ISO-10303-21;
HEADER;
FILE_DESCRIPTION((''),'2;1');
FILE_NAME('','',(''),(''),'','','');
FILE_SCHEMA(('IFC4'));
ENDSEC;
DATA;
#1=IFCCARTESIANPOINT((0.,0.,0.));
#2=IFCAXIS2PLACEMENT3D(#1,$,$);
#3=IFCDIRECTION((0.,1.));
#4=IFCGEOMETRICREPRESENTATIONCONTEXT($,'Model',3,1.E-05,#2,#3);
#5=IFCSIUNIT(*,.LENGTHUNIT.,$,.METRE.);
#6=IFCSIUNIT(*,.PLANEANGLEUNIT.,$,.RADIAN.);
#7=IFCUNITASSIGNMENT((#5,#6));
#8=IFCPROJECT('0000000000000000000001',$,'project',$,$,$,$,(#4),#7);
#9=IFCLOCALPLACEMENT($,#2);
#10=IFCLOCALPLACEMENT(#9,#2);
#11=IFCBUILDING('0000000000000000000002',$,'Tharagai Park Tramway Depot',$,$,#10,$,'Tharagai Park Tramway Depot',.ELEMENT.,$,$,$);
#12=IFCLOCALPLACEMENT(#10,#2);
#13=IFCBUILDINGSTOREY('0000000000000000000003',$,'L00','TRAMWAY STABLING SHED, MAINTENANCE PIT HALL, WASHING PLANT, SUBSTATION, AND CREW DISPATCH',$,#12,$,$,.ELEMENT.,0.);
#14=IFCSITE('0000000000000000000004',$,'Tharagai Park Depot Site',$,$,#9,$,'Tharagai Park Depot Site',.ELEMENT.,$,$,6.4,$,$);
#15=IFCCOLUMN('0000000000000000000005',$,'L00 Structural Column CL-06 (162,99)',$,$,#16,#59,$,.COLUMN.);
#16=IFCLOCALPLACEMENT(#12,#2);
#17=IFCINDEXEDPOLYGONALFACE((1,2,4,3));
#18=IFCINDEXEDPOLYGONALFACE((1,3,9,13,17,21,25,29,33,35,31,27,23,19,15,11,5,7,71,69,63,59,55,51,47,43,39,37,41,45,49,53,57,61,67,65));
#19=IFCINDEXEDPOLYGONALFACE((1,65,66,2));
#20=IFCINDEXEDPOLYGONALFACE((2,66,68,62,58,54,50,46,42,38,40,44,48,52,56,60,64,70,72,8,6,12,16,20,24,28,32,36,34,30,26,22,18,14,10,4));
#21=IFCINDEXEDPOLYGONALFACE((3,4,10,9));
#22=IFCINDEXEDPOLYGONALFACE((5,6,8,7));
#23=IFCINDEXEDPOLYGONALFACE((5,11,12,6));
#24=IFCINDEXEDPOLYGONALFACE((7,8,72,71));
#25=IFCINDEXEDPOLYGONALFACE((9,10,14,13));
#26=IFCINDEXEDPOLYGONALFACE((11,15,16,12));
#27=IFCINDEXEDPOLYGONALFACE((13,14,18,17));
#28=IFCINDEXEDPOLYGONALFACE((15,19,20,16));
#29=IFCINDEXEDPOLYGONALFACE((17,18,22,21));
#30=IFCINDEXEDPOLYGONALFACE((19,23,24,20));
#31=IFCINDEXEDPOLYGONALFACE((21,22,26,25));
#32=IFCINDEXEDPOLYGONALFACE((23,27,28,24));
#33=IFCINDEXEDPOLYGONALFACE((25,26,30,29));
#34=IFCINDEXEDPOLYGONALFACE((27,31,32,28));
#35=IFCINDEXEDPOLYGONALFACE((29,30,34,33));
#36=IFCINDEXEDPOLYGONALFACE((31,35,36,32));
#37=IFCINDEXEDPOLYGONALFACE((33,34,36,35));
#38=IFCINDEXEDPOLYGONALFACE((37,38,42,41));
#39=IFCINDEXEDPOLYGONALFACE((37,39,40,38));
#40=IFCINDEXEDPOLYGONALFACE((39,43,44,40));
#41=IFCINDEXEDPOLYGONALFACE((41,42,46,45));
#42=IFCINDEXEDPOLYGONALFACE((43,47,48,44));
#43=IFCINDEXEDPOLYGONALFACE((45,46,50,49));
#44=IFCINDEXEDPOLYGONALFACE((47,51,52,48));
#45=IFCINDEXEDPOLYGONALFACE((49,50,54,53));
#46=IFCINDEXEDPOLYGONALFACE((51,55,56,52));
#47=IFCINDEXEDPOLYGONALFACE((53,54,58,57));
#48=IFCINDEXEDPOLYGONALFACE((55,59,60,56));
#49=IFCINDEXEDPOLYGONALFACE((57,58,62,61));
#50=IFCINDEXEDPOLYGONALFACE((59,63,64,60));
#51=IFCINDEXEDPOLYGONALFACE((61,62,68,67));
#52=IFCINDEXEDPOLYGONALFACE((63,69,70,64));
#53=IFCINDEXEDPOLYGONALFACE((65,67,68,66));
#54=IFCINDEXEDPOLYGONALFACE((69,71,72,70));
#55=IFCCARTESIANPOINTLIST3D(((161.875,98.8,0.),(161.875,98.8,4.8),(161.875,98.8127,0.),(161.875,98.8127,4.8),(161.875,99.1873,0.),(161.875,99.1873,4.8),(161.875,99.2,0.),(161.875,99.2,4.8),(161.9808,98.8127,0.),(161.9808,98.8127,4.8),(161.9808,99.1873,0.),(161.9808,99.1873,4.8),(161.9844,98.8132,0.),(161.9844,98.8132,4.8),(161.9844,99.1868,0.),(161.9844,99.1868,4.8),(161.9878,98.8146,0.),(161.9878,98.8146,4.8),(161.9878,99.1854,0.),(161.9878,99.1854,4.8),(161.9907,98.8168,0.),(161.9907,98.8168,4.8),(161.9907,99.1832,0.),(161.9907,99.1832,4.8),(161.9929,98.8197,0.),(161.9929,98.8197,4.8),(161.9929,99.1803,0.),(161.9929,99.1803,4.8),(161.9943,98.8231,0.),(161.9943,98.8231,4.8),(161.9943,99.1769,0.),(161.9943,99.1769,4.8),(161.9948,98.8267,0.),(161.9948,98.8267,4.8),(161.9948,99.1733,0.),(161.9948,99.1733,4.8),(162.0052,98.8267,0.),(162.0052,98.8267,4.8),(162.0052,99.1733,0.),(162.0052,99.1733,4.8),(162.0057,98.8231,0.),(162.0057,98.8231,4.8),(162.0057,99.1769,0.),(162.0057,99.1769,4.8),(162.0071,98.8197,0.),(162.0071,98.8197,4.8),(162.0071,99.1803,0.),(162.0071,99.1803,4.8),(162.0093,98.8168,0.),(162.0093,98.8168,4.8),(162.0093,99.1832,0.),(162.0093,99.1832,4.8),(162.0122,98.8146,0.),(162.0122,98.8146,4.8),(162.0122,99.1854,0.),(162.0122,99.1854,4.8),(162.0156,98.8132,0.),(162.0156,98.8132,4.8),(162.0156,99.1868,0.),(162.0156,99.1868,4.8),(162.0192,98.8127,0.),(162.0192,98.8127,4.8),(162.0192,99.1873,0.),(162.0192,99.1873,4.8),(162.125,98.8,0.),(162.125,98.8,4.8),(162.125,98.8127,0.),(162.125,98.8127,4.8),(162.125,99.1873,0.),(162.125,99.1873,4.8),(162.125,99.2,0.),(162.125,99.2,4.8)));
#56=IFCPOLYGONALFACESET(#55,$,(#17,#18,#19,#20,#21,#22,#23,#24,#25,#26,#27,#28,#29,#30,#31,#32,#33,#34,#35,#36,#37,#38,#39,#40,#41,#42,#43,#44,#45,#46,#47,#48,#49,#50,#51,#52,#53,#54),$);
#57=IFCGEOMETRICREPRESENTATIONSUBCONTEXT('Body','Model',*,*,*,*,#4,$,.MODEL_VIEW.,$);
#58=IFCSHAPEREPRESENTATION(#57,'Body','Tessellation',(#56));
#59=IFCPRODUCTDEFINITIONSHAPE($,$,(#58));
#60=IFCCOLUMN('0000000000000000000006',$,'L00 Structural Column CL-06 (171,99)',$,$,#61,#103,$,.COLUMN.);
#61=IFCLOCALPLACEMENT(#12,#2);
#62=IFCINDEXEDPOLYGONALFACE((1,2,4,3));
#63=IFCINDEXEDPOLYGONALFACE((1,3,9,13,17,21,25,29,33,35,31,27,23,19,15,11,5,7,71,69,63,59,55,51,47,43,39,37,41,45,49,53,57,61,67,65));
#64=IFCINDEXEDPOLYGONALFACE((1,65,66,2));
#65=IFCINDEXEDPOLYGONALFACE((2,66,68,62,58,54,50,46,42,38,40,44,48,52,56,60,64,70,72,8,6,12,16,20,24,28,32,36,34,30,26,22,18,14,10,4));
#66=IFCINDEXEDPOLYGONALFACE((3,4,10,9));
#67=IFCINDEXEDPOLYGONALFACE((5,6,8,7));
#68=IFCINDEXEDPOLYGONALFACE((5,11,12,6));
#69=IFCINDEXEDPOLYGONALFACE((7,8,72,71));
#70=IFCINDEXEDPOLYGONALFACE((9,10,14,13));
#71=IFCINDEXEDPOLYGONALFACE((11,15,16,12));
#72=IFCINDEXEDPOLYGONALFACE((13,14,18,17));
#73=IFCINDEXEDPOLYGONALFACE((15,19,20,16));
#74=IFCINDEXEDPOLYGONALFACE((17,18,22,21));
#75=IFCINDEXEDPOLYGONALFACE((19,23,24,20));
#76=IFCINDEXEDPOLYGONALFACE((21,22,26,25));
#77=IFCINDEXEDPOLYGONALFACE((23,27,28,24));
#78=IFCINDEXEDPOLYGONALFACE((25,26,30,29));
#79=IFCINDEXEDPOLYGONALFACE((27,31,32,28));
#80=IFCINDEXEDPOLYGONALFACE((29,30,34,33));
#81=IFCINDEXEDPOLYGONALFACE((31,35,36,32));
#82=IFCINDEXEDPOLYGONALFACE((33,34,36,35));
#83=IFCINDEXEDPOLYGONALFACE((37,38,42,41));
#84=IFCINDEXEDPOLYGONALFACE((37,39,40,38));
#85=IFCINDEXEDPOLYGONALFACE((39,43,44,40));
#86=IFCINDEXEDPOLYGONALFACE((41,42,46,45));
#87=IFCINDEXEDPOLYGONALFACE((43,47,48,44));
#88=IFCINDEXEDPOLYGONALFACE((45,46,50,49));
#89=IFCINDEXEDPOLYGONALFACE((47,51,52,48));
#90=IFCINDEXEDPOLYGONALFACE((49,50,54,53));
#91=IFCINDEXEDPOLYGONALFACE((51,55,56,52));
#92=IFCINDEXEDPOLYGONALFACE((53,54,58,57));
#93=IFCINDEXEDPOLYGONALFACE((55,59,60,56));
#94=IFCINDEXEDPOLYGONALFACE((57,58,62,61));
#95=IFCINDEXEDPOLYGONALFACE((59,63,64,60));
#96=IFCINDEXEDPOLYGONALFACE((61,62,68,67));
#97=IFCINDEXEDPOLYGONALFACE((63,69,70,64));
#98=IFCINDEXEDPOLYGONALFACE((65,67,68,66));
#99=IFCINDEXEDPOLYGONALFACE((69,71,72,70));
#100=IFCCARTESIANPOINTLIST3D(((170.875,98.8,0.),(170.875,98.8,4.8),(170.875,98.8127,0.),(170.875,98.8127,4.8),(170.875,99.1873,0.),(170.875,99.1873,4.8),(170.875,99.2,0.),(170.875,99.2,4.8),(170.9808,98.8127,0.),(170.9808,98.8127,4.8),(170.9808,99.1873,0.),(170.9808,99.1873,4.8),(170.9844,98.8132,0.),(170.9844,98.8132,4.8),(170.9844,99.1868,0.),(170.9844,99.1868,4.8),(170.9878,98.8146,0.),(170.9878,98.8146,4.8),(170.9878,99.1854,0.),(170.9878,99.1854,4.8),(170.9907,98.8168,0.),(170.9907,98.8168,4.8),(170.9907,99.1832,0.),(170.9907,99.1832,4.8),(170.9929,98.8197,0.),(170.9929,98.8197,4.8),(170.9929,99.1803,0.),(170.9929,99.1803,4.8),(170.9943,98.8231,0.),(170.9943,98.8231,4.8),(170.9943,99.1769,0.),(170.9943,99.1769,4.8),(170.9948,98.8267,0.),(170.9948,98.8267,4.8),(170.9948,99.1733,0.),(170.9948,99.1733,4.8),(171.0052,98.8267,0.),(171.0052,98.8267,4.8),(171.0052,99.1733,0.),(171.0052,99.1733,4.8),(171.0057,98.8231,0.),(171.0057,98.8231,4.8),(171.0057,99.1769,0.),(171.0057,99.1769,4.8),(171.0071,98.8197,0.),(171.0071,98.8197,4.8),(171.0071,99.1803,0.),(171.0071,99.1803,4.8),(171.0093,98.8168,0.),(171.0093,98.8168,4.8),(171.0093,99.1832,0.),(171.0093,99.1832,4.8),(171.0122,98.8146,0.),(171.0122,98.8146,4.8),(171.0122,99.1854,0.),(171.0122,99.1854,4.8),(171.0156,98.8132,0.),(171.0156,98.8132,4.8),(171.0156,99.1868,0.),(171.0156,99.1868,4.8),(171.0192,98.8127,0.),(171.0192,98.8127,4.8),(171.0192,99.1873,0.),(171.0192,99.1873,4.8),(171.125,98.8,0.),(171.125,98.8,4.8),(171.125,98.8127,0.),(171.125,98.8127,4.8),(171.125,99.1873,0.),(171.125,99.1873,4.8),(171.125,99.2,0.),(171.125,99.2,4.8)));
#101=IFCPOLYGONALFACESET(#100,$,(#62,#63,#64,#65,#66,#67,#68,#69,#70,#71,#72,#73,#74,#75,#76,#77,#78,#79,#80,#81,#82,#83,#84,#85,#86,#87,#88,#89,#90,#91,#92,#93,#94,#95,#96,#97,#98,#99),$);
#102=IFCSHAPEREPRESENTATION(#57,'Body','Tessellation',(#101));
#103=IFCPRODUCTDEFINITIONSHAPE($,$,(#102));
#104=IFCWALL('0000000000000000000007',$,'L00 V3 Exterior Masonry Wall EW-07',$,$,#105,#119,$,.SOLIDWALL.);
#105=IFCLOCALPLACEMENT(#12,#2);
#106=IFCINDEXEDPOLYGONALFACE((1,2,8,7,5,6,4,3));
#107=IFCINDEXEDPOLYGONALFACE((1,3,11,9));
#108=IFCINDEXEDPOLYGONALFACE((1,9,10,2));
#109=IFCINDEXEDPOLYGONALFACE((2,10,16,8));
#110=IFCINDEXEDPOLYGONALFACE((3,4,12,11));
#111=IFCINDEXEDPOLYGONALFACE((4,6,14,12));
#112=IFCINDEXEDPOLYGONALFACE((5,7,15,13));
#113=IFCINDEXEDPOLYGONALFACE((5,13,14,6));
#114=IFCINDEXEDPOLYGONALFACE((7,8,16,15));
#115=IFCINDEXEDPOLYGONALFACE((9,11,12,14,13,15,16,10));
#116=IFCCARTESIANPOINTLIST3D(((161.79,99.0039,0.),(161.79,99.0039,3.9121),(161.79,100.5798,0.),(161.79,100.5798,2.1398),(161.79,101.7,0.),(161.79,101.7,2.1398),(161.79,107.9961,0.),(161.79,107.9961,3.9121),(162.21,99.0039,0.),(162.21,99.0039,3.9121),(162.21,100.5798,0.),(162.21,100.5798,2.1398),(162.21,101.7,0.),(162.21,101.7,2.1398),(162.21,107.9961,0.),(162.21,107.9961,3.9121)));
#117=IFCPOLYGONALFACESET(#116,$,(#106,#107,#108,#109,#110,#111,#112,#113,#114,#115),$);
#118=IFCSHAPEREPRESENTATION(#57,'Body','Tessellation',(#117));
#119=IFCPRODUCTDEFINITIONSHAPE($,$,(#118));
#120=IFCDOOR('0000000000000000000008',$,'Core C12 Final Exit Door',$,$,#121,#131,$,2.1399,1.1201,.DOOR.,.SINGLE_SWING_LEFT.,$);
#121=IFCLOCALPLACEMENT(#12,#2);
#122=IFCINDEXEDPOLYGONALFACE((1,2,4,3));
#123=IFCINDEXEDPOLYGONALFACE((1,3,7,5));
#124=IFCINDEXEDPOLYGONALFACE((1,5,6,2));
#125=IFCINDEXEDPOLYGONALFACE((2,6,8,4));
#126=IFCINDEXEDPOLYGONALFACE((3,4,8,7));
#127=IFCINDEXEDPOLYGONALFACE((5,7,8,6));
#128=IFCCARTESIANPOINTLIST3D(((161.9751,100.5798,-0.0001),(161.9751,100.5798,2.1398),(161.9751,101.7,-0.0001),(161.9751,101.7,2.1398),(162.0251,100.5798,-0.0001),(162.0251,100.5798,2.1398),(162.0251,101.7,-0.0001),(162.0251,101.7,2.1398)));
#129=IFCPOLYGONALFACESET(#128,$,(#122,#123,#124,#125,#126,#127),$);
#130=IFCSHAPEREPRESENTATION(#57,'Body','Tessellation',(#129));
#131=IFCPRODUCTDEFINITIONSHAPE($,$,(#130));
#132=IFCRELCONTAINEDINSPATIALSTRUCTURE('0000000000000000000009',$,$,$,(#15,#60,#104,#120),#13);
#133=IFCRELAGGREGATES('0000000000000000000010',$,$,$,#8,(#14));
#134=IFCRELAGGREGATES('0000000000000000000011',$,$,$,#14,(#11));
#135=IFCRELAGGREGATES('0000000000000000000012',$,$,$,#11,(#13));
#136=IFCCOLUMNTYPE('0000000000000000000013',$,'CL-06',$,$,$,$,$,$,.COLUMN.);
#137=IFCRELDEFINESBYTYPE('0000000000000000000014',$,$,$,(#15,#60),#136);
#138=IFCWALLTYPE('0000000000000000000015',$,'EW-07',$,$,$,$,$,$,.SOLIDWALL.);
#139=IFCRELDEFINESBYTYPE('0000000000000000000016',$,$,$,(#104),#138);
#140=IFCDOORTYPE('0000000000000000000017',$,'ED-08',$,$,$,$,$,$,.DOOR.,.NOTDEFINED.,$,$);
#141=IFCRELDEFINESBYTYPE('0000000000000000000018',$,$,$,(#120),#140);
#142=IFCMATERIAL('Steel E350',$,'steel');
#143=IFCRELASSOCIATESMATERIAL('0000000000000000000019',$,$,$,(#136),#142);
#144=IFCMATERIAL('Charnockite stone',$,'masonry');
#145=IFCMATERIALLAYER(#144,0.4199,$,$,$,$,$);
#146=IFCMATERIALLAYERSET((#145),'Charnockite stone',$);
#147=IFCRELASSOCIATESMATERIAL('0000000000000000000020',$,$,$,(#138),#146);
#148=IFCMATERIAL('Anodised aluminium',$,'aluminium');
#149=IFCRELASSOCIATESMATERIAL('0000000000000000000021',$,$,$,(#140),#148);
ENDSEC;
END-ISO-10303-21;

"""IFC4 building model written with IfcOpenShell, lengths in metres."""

from ifc_helpers import new_model, si_unit, direction, frame, frame_2d, origin, origin_2d, place, context, subcontext, project, spatial, rectangle, i_section, extrude, material, layer, layer_set, material_profile, profile_set, type_object, element, fill, save


model = new_model("IFC4")

# Units and contexts
model_context = context("Model", 3, precision=1e-05, world=origin(), true_north=direction((0.0, 1.0)))
body_context = subcontext(model_context, "Body", "Model", "MODEL_VIEW")
ifc_project = project(units=[si_unit("LENGTHUNIT", "METRE"), si_unit("PLANEANGLEUNIT", "RADIAN")], contexts=[model_context])

# Site, building, storey
site_placement = place(None, origin())
site = spatial("IfcSite", under=ifc_project, at=site_placement, Name="Tharagai Park Depot Site", LongName="Tharagai Park Depot Site", CompositionType="ELEMENT", RefElevation=6.4)
building_placement = place(site_placement, origin())
building = spatial("IfcBuilding", under=site, at=building_placement, Name="Tharagai Park Tramway Depot", LongName="Tharagai Park Tramway Depot", CompositionType="ELEMENT")
storey_placement = place(building_placement, origin())
storey = spatial("IfcBuildingStorey", under=building, at=storey_placement, Name="L00", Description="TRAMWAY STABLING SHED, MAINTENANCE PIT HALL, WASHING PLANT, SUBSTATION, AND CREW DISPATCH", CompositionType="ELEMENT", Elevation=0.0)

# Columns
ifc_material_1 = material(Name="Steel E350", Category="steel")
ifc_material_profile_1 = material_profile(ifc_material_1, i_section(OverallWidth=0.25, OverallDepth=0.3999, WebThickness=0.0105, FlangeThickness=0.0127, FilletRadius=0.0139, at=origin_2d()), Name="ISHB 400")
ifc_profile_set_1 = profile_set([ifc_material_profile_1], Name="Steel E350")
column_type = type_object("IfcColumnType", Name="CL-06", PredefinedType="COLUMN", material=ifc_profile_set_1)
for number, where, z_axis, x_axis, name in (
    (1, (162.0, 99.0, 0.0), (0.0, 0.0, 1.0), (1.0, 0.0, 0.0), "L00 Structural Column CL-06 (162,99)"),
    (2, (171.0, 99.0, 0.0), (0.0, 0.0, 1.0), (1.0, 0.0, 0.0), "L00 Structural Column CL-06 (171,99)"),
):
    element("IfcColumn", number, at=place(storey_placement, frame(where, z_axis=z_axis, x_axis=x_axis)), inside=storey, type_object=column_type, Name=name, PredefinedType="COLUMN", context=body_context, shape_type="SweptSolid", body=[
        extrude(i_section(OverallWidth=0.25, OverallDepth=0.3999, WebThickness=0.0105, FlangeThickness=0.0127, FilletRadius=0.0139, at=origin_2d()), origin(), (0.0, 0.0, 1.0), 4.8),
    ])

# Wall, opening, door
ifc_material_2 = material(Name="Charnockite stone", Category="masonry")
ifc_layer_1 = layer(ifc_material_2, 0.4199)
ifc_layer_set_1 = layer_set([ifc_layer_1], Name="Charnockite stone")
wall_type_1 = type_object("IfcWallType", Name="EW-07", PredefinedType="SOLIDWALL", material=ifc_layer_set_1)
wall_1_placement = place(storey_placement, frame((162.0, 99.0039, 0.0), z_axis=(0.0, 0.0, 1.0), x_axis=(0.0, 1.0, 0.0)))
wall_1 = element("IfcWall", 3, at=wall_1_placement, inside=storey, type_object=wall_type_1, Name="L00 V3 Exterior Masonry Wall EW-07", PredefinedType="SOLIDWALL", context=body_context, shape_type="SweptSolid", body=[
    extrude(rectangle(XDim=8.9922, YDim=0.4199, at=frame_2d((4.4961, 0.0))), origin(), (0.0, 0.0, 1.0), 3.9121),
])
opening_1_placement = place(wall_1_placement, frame((1.5759, 0.0, 0.0)))
opening_1 = element("IfcOpeningElement", 4, at=opening_1_placement, cuts=wall_1, PredefinedType="OPENING", context=body_context, shape_type="SweptSolid", body=[
    extrude(rectangle(XDim=1.1201, YDim=2.1399, at=frame_2d((0.5601, 1.0698))), frame((0.0, 0.22, 0.0), z_axis=(0.0, -1.0, 0.0), x_axis=(1.0, 0.0, 0.0)), (0.0, 0.0, 1.0), 0.4399),
])
ifc_material_3 = material(Name="Anodised aluminium", Category="aluminium")
door_type_1 = type_object("IfcDoorType", Name="ED-08", OperationType="NOTDEFINED", PredefinedType="DOOR", material=ifc_material_3)
door_1_placement = place(opening_1_placement, origin())
door_1 = element("IfcDoor", 5, at=door_1_placement, inside=storey, type_object=door_type_1, Name="Core C12 Final Exit Door", OperationType="SINGLE_SWING_LEFT", OverallHeight=2.1399, OverallWidth=1.1201, PredefinedType="DOOR", context=body_context, shape_type="SweptSolid", body=[
    extrude(rectangle(XDim=1.1201, YDim=2.1399, at=frame_2d((0.5601, 1.0698))), frame((0.0, 0.0249, 0.0), z_axis=(0.0, -1.0, 0.0), x_axis=(1.0, 0.0, 0.0)), (0.0, 0.0, 1.0), 0.05),
])
fill(opening_1, door_1)

save(model, "model.ifc")
